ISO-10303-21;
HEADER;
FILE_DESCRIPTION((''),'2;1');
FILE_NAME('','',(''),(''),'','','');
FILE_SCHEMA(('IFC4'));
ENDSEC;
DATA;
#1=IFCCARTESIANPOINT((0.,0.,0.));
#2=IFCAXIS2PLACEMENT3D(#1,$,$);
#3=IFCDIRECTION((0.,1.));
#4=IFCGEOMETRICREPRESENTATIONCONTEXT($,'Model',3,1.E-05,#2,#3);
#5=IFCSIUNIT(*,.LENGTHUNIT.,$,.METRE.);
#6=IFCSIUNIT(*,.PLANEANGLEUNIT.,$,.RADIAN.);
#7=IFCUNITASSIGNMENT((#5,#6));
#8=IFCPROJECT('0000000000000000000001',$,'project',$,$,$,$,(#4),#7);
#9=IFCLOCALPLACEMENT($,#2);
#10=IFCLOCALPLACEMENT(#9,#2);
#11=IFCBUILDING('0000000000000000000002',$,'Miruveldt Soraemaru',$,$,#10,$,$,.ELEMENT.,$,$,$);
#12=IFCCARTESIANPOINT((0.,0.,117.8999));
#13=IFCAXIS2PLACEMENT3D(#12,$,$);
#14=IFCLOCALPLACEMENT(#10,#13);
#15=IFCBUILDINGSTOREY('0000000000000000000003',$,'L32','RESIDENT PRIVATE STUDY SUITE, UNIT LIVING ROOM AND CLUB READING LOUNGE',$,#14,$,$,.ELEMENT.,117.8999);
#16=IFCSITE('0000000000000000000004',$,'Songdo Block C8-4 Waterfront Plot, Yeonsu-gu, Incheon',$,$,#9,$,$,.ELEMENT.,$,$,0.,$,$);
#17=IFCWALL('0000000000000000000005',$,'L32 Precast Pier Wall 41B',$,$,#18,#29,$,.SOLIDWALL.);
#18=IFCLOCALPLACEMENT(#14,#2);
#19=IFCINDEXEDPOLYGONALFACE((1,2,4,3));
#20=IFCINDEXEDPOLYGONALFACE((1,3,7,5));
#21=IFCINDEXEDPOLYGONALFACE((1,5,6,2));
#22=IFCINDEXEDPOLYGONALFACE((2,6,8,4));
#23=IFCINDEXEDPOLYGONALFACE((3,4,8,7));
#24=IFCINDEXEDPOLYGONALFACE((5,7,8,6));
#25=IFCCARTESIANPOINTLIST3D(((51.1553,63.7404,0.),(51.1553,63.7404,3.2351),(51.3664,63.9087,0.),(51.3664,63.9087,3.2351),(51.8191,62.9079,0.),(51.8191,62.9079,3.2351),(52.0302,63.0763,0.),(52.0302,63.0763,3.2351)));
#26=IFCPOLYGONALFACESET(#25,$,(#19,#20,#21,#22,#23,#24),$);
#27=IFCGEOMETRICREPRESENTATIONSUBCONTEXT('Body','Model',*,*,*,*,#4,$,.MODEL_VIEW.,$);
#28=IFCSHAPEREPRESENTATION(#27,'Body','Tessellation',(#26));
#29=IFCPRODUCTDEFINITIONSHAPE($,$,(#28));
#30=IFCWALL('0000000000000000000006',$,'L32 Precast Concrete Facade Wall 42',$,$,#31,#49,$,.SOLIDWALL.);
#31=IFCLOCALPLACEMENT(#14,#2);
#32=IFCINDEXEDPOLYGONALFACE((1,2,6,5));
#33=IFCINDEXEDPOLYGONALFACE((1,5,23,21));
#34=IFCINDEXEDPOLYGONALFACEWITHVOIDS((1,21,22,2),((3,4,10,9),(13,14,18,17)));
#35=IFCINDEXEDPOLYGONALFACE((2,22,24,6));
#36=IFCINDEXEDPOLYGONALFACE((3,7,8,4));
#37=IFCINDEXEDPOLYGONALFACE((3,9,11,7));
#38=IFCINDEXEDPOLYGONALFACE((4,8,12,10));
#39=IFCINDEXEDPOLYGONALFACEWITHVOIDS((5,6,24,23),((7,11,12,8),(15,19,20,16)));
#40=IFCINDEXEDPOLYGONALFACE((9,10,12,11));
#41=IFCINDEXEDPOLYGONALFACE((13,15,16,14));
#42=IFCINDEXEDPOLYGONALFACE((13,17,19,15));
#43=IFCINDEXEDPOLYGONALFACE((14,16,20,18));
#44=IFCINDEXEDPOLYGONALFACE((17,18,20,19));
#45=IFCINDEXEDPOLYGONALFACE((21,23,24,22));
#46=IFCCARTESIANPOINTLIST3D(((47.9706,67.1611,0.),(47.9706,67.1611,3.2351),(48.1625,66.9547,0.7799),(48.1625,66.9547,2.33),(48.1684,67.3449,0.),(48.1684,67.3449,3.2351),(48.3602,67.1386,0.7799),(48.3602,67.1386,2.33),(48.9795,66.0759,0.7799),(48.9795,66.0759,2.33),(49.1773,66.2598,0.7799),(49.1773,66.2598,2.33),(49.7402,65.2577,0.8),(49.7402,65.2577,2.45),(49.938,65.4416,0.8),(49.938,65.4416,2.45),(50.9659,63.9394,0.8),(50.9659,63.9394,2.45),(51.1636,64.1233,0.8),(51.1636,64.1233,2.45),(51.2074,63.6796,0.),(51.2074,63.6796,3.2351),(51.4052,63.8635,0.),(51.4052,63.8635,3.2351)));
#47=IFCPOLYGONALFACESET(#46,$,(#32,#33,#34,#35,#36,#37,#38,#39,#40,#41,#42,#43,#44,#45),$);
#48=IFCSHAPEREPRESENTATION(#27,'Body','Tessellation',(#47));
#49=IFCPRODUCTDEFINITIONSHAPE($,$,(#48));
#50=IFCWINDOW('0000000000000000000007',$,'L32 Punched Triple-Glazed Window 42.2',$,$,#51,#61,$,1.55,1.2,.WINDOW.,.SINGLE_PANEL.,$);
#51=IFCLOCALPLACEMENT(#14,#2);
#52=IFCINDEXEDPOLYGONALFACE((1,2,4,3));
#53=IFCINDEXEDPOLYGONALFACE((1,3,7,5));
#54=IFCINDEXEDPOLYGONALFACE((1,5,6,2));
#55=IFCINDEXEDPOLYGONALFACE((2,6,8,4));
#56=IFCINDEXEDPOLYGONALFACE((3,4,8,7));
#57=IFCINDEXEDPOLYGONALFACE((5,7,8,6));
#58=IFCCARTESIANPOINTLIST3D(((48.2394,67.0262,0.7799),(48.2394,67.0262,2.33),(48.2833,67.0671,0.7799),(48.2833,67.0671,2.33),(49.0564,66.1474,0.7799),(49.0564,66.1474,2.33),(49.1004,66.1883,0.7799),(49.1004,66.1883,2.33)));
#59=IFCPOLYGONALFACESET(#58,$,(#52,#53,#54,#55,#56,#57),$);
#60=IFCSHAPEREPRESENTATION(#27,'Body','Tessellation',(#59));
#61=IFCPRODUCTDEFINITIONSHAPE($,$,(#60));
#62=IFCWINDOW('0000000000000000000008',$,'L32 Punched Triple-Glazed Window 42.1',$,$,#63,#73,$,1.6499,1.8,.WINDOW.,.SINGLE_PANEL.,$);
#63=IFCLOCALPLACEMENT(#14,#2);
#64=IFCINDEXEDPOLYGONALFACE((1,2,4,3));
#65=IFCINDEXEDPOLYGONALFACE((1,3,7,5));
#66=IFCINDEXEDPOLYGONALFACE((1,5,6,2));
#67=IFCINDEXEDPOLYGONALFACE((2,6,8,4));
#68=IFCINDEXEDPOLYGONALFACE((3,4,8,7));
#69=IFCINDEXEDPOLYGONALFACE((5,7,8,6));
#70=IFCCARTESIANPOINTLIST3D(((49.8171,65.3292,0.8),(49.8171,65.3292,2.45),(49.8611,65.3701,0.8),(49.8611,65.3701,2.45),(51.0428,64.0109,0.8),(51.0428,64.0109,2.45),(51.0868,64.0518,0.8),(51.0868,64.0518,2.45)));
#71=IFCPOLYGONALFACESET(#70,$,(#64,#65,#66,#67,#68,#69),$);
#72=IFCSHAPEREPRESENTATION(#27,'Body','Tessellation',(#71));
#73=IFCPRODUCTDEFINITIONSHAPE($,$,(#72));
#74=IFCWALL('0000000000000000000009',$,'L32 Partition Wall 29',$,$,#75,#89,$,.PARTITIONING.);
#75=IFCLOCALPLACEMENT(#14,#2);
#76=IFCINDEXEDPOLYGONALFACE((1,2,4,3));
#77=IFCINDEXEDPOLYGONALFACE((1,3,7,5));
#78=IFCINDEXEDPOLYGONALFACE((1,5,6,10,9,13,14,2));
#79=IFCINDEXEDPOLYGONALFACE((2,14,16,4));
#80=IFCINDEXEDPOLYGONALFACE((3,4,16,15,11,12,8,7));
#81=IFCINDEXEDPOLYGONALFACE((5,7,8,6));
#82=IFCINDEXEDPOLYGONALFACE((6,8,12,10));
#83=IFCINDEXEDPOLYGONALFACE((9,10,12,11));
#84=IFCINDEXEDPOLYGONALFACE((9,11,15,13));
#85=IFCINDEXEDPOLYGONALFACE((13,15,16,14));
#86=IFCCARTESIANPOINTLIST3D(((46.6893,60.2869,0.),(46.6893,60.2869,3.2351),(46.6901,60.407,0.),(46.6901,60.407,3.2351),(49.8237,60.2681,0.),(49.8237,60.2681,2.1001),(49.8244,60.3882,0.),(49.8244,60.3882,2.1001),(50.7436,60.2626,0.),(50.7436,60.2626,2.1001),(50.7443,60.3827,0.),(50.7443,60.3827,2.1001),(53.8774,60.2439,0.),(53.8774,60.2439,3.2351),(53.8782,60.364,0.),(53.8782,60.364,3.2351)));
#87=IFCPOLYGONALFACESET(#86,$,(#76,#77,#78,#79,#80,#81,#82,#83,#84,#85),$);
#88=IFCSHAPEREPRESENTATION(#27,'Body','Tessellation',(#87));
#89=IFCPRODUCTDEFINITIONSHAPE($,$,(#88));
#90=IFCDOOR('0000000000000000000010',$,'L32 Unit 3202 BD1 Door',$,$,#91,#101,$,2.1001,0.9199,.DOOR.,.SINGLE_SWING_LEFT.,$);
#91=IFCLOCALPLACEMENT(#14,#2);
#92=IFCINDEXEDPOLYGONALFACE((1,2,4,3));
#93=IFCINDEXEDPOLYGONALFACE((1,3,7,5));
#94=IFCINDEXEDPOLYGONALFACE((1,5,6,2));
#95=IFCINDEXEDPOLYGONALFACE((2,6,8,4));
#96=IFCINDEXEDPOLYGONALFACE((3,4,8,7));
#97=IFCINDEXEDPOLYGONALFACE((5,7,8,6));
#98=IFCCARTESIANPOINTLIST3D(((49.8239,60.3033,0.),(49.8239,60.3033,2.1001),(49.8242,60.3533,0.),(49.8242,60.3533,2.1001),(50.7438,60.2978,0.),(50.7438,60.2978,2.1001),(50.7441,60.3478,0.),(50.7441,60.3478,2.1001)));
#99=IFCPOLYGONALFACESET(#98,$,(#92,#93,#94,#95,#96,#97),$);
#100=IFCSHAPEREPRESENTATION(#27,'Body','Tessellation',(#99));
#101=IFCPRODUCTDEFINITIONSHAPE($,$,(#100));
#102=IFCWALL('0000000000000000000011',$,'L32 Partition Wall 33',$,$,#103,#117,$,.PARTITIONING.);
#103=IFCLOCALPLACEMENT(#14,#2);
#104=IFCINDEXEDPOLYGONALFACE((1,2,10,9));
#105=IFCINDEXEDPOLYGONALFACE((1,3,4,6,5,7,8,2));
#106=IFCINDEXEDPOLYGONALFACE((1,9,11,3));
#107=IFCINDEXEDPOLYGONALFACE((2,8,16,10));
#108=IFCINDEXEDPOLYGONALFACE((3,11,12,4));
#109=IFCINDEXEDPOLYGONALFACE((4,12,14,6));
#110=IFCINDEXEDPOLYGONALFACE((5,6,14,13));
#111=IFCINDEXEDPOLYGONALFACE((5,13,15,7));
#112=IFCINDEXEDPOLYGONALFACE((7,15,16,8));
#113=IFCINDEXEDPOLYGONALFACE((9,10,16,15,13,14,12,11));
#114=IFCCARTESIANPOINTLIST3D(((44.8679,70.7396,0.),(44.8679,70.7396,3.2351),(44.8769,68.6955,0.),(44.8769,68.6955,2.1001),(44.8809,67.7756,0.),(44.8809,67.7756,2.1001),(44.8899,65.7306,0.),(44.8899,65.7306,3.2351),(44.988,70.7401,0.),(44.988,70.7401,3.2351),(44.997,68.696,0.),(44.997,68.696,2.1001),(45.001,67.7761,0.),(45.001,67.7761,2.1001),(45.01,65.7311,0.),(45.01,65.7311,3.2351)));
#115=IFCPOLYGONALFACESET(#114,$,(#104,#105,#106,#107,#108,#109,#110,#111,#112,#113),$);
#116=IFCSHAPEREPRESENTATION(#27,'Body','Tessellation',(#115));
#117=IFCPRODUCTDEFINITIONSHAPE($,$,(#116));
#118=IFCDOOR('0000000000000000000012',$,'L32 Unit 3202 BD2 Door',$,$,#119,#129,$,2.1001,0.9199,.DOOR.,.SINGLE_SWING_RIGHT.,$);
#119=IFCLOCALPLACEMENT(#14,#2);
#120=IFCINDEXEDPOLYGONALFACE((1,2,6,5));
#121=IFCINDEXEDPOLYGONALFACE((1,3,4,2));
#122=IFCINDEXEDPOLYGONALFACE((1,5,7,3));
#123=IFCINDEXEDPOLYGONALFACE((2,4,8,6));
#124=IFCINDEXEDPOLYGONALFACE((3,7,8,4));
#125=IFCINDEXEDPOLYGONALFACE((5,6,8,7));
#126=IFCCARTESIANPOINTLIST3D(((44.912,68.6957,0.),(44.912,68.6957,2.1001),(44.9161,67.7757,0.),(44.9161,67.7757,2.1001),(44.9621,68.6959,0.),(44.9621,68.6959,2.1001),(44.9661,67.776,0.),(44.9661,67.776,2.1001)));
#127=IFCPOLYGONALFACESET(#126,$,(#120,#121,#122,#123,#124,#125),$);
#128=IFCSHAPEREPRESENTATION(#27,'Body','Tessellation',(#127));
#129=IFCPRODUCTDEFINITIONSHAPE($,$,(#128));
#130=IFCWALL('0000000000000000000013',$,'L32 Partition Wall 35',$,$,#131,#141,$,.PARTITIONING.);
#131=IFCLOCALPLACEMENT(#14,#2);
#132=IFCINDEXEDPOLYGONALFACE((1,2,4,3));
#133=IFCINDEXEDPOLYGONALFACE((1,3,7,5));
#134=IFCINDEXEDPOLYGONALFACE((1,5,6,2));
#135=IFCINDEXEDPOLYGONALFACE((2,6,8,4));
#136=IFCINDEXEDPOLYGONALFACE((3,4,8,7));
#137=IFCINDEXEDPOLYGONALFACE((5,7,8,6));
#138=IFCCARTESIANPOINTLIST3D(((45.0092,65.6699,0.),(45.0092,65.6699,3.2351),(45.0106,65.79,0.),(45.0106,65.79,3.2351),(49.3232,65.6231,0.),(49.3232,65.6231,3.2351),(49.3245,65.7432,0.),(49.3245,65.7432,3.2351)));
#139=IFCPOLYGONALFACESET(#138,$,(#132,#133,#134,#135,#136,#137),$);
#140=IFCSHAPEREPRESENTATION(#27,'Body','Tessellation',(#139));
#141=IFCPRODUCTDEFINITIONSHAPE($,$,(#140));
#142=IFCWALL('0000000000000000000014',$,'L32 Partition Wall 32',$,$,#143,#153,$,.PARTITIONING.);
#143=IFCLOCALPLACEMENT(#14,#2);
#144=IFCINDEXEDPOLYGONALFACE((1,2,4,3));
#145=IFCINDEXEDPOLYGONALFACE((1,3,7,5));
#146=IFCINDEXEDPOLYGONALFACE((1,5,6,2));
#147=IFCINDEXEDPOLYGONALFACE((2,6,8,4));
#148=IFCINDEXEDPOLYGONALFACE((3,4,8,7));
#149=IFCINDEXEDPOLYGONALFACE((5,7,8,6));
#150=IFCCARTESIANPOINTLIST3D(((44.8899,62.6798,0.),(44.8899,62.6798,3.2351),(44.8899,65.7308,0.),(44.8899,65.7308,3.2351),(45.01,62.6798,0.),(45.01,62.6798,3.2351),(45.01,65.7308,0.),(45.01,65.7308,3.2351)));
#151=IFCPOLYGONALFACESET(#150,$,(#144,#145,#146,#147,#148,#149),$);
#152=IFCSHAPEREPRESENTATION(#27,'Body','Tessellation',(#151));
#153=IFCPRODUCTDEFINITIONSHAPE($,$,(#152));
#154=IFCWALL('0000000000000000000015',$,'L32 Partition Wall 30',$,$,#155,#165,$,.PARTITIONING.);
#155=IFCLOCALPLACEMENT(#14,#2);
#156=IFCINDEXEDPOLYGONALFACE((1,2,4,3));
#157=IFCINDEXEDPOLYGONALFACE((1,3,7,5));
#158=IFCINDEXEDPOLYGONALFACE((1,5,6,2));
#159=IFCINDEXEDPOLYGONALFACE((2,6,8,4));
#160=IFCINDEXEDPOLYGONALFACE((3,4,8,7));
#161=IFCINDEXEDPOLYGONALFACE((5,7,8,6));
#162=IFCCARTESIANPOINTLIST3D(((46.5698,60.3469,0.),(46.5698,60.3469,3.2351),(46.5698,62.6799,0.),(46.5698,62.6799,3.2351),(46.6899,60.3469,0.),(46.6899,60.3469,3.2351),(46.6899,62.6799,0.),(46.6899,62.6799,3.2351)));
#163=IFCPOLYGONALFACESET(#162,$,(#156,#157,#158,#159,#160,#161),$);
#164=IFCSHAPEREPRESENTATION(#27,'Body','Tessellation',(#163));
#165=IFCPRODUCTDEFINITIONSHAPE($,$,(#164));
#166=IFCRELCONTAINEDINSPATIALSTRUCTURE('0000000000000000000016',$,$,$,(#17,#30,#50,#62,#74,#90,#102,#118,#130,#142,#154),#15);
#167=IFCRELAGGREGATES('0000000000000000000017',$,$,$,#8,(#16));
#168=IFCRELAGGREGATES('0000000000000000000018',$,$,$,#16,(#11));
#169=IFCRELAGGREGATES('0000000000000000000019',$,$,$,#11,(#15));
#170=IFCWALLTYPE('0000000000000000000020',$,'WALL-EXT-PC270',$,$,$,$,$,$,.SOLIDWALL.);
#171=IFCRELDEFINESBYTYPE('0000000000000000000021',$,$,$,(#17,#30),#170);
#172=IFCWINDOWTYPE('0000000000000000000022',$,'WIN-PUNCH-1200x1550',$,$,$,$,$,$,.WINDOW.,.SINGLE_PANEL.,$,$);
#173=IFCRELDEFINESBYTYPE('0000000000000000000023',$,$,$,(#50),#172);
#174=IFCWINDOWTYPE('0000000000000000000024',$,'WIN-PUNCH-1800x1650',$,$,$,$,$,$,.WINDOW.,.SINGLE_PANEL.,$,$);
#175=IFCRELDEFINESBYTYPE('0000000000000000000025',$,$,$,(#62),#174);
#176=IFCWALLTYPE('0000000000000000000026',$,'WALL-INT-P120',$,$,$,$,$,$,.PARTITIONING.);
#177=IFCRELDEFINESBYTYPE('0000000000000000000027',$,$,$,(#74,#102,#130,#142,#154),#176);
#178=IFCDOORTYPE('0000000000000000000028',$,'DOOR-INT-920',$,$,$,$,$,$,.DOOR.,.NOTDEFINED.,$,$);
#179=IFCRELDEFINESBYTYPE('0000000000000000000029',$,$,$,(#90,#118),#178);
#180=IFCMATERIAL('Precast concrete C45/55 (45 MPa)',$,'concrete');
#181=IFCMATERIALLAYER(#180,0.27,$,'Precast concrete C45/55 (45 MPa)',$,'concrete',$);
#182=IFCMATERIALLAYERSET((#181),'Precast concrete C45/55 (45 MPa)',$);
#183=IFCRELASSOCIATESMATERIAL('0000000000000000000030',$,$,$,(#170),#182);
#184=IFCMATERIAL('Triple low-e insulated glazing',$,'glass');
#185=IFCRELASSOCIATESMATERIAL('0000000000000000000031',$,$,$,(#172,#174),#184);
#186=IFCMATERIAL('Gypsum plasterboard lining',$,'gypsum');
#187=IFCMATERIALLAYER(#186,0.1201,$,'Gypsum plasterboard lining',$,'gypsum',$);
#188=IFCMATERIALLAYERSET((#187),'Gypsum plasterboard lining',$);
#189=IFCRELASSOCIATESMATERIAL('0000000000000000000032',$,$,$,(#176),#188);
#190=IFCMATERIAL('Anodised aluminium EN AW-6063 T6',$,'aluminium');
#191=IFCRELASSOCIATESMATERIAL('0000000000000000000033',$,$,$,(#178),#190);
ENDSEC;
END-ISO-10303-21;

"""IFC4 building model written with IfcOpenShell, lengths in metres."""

from ifc_helpers import new_model, si_unit, direction, frame, frame_2d, origin, place, context, subcontext, project, spatial, rectangle, extrude, material, layer, layer_set, type_object, element, fill, save


model = new_model("IFC4")

# Units and contexts
model_context = context("Model", 3, precision=1e-05, world=origin(), true_north=direction((0.0, 1.0)))
body_context = subcontext(model_context, "Body", "Model", "MODEL_VIEW")
ifc_project = project(units=[si_unit("LENGTHUNIT", "METRE"), si_unit("PLANEANGLEUNIT", "RADIAN")], contexts=[model_context])

# Site, building, storey
site_placement = place(None, origin())
site = spatial("IfcSite", under=ifc_project, at=site_placement, Name="Songdo Block C8-4 Waterfront Plot, Yeonsu-gu, Incheon", CompositionType="ELEMENT", RefElevation=0.0)
building_placement = place(site_placement, origin())
building = spatial("IfcBuilding", under=site, at=building_placement, Name="Miruveldt Soraemaru", CompositionType="ELEMENT")
storey_placement = place(building_placement, frame((0.0, 0.0, 117.8999)))
storey = spatial("IfcBuildingStorey", under=building, at=storey_placement, Name="L32", Description="RESIDENT PRIVATE STUDY SUITE, UNIT LIVING ROOM AND CLUB READING LOUNGE", CompositionType="ELEMENT", Elevation=117.8999)

# Shared definitions
ifc_material_1 = material(Name="Triple low-e insulated glazing", Category="glass")
ifc_material_2 = material(Name="Precast concrete C45/55 (45 MPa)", Category="concrete")
ifc_layer_1 = layer(ifc_material_2, 0.27, Name="Precast concrete C45/55 (45 MPa)", Category="concrete")
ifc_layer_set_1 = layer_set([ifc_layer_1], Name="Precast concrete C45/55 (45 MPa)")
wall_type_1 = type_object("IfcWallType", Name="WALL-EXT-PC270", PredefinedType="SOLIDWALL", material=ifc_layer_set_1)

# Wall
wall_1_placement = place(storey_placement, frame((51.9246, 62.9922, 0.0), z_axis=(0.0, 0.0, 1.0), x_axis=(-0.623436, 0.781874, 0.0)))
element("IfcWall", 1, at=wall_1_placement, inside=storey, type_object=wall_type_1, Name="L32 Precast Pier Wall 41B", PredefinedType="SOLIDWALL", context=body_context, shape_type="SweptSolid", body=[
    extrude(rectangle(XDim=1.0647, YDim=0.27, at=frame_2d((0.5322, 0.0))), origin(), (0.0, 0.0, 1.0), 3.2351),
])

# Wall, openings, windows
wall_2_placement = place(storey_placement, frame((51.3064, 63.7715, 0.0), z_axis=(0.0, 0.0, 1.0), x_axis=(-0.680908, 0.732369, 0.0)))
wall_2 = element("IfcWall", 2, at=wall_2_placement, inside=storey, type_object=wall_type_1, Name="L32 Precast Concrete Facade Wall 42", PredefinedType="SOLIDWALL", context=body_context, shape_type="SweptSolid", body=[
    extrude(rectangle(XDim=4.7537, YDim=0.27, at=frame_2d((2.377, 0.0))), origin(), (0.0, 0.0, 1.0), 3.2351),
])
opening_1_placement = place(wall_2_placement, frame((0.355, 0.0, 0.8)))
opening_1 = element("IfcOpeningElement", 3, at=opening_1_placement, cuts=wall_2, PredefinedType="OPENING", context=body_context, shape_type="SweptSolid", body=[
    extrude(rectangle(XDim=1.8, YDim=1.6499, at=frame_2d((0.8999, 0.825))), frame((0.0, 0.145, 0.0), z_axis=(0.0, -1.0, 0.0), x_axis=(1.0, 0.0, 0.0)), (0.0, 0.0, 1.0), 0.29),
])
opening_2_placement = place(wall_2_placement, frame((3.272, 0.0, 0.78)))
opening_2 = element("IfcOpeningElement", 4, at=opening_2_placement, cuts=wall_2, PredefinedType="OPENING", context=body_context, shape_type="SweptSolid", body=[
    extrude(rectangle(XDim=1.2, YDim=1.55, at=frame_2d((0.6001, 0.7749))), frame((0.0, 0.145, 0.0), z_axis=(0.0, -1.0, 0.0), x_axis=(1.0, 0.0, 0.0)), (0.0, 0.0, 1.0), 0.29),
])
window_type_1 = type_object("IfcWindowType", Name="WIN-PUNCH-1200x1550", PartitioningType="SINGLE_PANEL", PredefinedType="WINDOW", material=ifc_material_1)
window_1_placement = place(opening_2_placement, origin())
window_1 = element("IfcWindow", 5, at=window_1_placement, inside=storey, type_object=window_type_1, Name="L32 Punched Triple-Glazed Window 42.2", OverallHeight=1.55, OverallWidth=1.2, PartitioningType="SINGLE_PANEL", PredefinedType="WINDOW", context=body_context, shape_type="SweptSolid", body=[
    extrude(rectangle(XDim=1.2, YDim=1.55, at=frame_2d((0.6001, 0.7749))), frame((0.0, 0.03, 0.0), z_axis=(0.0, -1.0, 0.0), x_axis=(1.0, 0.0, 0.0)), (0.0, 0.0, 1.0), 0.0601),
])
fill(opening_2, window_1)
window_type_2 = type_object("IfcWindowType", Name="WIN-PUNCH-1800x1650", PartitioningType="SINGLE_PANEL", PredefinedType="WINDOW", material=ifc_material_1)
window_2_placement = place(opening_1_placement, origin())
window_2 = element("IfcWindow", 6, at=window_2_placement, inside=storey, type_object=window_type_2, Name="L32 Punched Triple-Glazed Window 42.1", OverallHeight=1.6499, OverallWidth=1.8, PartitioningType="SINGLE_PANEL", PredefinedType="WINDOW", context=body_context, shape_type="SweptSolid", body=[
    extrude(rectangle(XDim=1.8, YDim=1.6499, at=frame_2d((0.8999, 0.825))), frame((0.0, 0.03, 0.0), z_axis=(0.0, -1.0, 0.0), x_axis=(1.0, 0.0, 0.0)), (0.0, 0.0, 1.0), 0.0601),
])
fill(opening_1, window_2)

# Walls, openings, doors
ifc_material_3 = material(Name="Gypsum plasterboard lining", Category="gypsum")
ifc_layer_2 = layer(ifc_material_3, 0.1201, Name="Gypsum plasterboard lining", Category="gypsum")
ifc_layer_set_2 = layer_set([ifc_layer_2], Name="Gypsum plasterboard lining")
wall_type_2 = type_object("IfcWallType", Name="WALL-INT-P120", PredefinedType="PARTITIONING", material=ifc_layer_set_2)
wall_3_placement = place(storey_placement, frame((53.8779, 60.304, 0.0), z_axis=(0.0, 0.0, 1.0), x_axis=(-0.999982, 0.005978, 0.0)))
wall_3 = element("IfcWall", 7, at=wall_3_placement, inside=storey, type_object=wall_type_2, Name="L32 Partition Wall 29", PredefinedType="PARTITIONING", context=body_context, shape_type="SweptSolid", body=[
    extrude(rectangle(XDim=7.1882, YDim=0.1201, at=frame_2d((3.5942, 0.0))), origin(), (0.0, 0.0, 1.0), 3.2351),
])
opening_3_placement = place(wall_3_placement, frame((3.134, 0.0, 0.0)))
opening_3 = element("IfcOpeningElement", 8, at=opening_3_placement, cuts=wall_3, PredefinedType="OPENING", context=body_context, shape_type="SweptSolid", body=[
    extrude(rectangle(XDim=0.9199, YDim=2.1001, at=frame_2d((0.46, 1.05))), frame((0.0, 0.0701, 0.0), z_axis=(0.0, -1.0, 0.0), x_axis=(1.0, 0.0, 0.0)), (0.0, 0.0, 1.0), 0.1401),
])
ifc_material_4 = material(Name="Anodised aluminium EN AW-6063 T6", Category="aluminium")
door_type = type_object("IfcDoorType", Name="DOOR-INT-920", OperationType="NOTDEFINED", PredefinedType="DOOR", material=ifc_material_4)
door_1_placement = place(opening_3_placement, origin())
door_1 = element("IfcDoor", 9, at=door_1_placement, inside=storey, type_object=door_type, Name="L32 Unit 3202 BD1 Door", OperationType="SINGLE_SWING_LEFT", OverallHeight=2.1001, OverallWidth=0.9199, PredefinedType="DOOR", context=body_context, shape_type="SweptSolid", body=[
    extrude(rectangle(XDim=0.9199, YDim=2.1001, at=frame_2d((0.46, 1.05))), frame((0.0, 0.0249, 0.0), z_axis=(0.0, -1.0, 0.0), x_axis=(1.0, 0.0, 0.0)), (0.0, 0.0, 1.0), 0.05),
])
fill(opening_3, door_1)
wall_4_placement = place(storey_placement, frame((44.95, 65.731, 0.0), z_axis=(0.0, 0.0, 1.0), x_axis=(-0.004387, 0.99999, 0.0)))
wall_4 = element("IfcWall", 10, at=wall_4_placement, inside=storey, type_object=wall_type_2, Name="L32 Partition Wall 33", PredefinedType="PARTITIONING", context=body_context, shape_type="SweptSolid", body=[
    extrude(rectangle(XDim=5.009, YDim=0.1201, at=frame_2d((2.5044, 0.0))), origin(), (0.0, 0.0, 1.0), 3.2351),
])
opening_4_placement = place(wall_4_placement, frame((2.0449, 0.0, 0.0)))
opening_4 = element("IfcOpeningElement", 11, at=opening_4_placement, cuts=wall_4, PredefinedType="OPENING", context=body_context, shape_type="SweptSolid", body=[
    extrude(rectangle(XDim=0.9199, YDim=2.1001, at=frame_2d((0.46, 1.05))), frame((0.0, 0.0701, 0.0), z_axis=(0.0, -1.0, 0.0), x_axis=(1.0, 0.0, 0.0)), (0.0, 0.0, 1.0), 0.1401),
])
door_2_placement = place(opening_4_placement, origin())
door_2 = element("IfcDoor", 12, at=door_2_placement, inside=storey, type_object=door_type, Name="L32 Unit 3202 BD2 Door", OperationType="SINGLE_SWING_RIGHT", OverallHeight=2.1001, OverallWidth=0.9199, PredefinedType="DOOR", context=body_context, shape_type="SweptSolid", body=[
    extrude(rectangle(XDim=0.9199, YDim=2.1001, at=frame_2d((0.46, 1.05))), frame((0.0, 0.0249, 0.0), z_axis=(0.0, -1.0, 0.0), x_axis=(1.0, 0.0, 0.0)), (0.0, 0.0, 1.0), 0.05),
])
fill(opening_4, door_2)

# Walls
wall_5_placement = place(storey_placement, frame((49.324, 65.6831, 0.0), z_axis=(0.0, 0.0, 1.0), x_axis=(-0.999941, 0.010865, 0.0)))
element("IfcWall", 13, at=wall_5_placement, inside=storey, type_object=wall_type_2, Name="L32 Partition Wall 35", PredefinedType="PARTITIONING", context=body_context, shape_type="SweptSolid", body=[
    extrude(rectangle(XDim=4.3142, YDim=0.1201, at=frame_2d((2.1572, 0.0))), origin(), (0.0, 0.0, 1.0), 3.2351),
])
wall_6_placement = place(storey_placement, frame((44.95, 62.6799, 0.0), z_axis=(0.0, 0.0, 1.0), x_axis=(0.0, 1.0, 0.0)))
element("IfcWall", 14, at=wall_6_placement, inside=storey, type_object=wall_type_2, Name="L32 Partition Wall 32", PredefinedType="PARTITIONING", context=body_context, shape_type="SweptSolid", body=[
    extrude(rectangle(XDim=3.051, YDim=0.1201, at=frame_2d((1.5254, 0.0))), origin(), (0.0, 0.0, 1.0), 3.2351),
])
wall_7_placement = place(storey_placement, frame((46.6299, 60.3469, 0.0), z_axis=(0.0, 0.0, 1.0), x_axis=(0.0, 1.0, 0.0)))
element("IfcWall", 15, at=wall_7_placement, inside=storey, type_object=wall_type_2, Name="L32 Partition Wall 30", PredefinedType="PARTITIONING", context=body_context, shape_type="SweptSolid", body=[
    extrude(rectangle(XDim=2.333, YDim=0.1201, at=frame_2d((1.1665, 0.0))), origin(), (0.0, 0.0, 1.0), 3.2351),
])

save(model, "model.ifc")
